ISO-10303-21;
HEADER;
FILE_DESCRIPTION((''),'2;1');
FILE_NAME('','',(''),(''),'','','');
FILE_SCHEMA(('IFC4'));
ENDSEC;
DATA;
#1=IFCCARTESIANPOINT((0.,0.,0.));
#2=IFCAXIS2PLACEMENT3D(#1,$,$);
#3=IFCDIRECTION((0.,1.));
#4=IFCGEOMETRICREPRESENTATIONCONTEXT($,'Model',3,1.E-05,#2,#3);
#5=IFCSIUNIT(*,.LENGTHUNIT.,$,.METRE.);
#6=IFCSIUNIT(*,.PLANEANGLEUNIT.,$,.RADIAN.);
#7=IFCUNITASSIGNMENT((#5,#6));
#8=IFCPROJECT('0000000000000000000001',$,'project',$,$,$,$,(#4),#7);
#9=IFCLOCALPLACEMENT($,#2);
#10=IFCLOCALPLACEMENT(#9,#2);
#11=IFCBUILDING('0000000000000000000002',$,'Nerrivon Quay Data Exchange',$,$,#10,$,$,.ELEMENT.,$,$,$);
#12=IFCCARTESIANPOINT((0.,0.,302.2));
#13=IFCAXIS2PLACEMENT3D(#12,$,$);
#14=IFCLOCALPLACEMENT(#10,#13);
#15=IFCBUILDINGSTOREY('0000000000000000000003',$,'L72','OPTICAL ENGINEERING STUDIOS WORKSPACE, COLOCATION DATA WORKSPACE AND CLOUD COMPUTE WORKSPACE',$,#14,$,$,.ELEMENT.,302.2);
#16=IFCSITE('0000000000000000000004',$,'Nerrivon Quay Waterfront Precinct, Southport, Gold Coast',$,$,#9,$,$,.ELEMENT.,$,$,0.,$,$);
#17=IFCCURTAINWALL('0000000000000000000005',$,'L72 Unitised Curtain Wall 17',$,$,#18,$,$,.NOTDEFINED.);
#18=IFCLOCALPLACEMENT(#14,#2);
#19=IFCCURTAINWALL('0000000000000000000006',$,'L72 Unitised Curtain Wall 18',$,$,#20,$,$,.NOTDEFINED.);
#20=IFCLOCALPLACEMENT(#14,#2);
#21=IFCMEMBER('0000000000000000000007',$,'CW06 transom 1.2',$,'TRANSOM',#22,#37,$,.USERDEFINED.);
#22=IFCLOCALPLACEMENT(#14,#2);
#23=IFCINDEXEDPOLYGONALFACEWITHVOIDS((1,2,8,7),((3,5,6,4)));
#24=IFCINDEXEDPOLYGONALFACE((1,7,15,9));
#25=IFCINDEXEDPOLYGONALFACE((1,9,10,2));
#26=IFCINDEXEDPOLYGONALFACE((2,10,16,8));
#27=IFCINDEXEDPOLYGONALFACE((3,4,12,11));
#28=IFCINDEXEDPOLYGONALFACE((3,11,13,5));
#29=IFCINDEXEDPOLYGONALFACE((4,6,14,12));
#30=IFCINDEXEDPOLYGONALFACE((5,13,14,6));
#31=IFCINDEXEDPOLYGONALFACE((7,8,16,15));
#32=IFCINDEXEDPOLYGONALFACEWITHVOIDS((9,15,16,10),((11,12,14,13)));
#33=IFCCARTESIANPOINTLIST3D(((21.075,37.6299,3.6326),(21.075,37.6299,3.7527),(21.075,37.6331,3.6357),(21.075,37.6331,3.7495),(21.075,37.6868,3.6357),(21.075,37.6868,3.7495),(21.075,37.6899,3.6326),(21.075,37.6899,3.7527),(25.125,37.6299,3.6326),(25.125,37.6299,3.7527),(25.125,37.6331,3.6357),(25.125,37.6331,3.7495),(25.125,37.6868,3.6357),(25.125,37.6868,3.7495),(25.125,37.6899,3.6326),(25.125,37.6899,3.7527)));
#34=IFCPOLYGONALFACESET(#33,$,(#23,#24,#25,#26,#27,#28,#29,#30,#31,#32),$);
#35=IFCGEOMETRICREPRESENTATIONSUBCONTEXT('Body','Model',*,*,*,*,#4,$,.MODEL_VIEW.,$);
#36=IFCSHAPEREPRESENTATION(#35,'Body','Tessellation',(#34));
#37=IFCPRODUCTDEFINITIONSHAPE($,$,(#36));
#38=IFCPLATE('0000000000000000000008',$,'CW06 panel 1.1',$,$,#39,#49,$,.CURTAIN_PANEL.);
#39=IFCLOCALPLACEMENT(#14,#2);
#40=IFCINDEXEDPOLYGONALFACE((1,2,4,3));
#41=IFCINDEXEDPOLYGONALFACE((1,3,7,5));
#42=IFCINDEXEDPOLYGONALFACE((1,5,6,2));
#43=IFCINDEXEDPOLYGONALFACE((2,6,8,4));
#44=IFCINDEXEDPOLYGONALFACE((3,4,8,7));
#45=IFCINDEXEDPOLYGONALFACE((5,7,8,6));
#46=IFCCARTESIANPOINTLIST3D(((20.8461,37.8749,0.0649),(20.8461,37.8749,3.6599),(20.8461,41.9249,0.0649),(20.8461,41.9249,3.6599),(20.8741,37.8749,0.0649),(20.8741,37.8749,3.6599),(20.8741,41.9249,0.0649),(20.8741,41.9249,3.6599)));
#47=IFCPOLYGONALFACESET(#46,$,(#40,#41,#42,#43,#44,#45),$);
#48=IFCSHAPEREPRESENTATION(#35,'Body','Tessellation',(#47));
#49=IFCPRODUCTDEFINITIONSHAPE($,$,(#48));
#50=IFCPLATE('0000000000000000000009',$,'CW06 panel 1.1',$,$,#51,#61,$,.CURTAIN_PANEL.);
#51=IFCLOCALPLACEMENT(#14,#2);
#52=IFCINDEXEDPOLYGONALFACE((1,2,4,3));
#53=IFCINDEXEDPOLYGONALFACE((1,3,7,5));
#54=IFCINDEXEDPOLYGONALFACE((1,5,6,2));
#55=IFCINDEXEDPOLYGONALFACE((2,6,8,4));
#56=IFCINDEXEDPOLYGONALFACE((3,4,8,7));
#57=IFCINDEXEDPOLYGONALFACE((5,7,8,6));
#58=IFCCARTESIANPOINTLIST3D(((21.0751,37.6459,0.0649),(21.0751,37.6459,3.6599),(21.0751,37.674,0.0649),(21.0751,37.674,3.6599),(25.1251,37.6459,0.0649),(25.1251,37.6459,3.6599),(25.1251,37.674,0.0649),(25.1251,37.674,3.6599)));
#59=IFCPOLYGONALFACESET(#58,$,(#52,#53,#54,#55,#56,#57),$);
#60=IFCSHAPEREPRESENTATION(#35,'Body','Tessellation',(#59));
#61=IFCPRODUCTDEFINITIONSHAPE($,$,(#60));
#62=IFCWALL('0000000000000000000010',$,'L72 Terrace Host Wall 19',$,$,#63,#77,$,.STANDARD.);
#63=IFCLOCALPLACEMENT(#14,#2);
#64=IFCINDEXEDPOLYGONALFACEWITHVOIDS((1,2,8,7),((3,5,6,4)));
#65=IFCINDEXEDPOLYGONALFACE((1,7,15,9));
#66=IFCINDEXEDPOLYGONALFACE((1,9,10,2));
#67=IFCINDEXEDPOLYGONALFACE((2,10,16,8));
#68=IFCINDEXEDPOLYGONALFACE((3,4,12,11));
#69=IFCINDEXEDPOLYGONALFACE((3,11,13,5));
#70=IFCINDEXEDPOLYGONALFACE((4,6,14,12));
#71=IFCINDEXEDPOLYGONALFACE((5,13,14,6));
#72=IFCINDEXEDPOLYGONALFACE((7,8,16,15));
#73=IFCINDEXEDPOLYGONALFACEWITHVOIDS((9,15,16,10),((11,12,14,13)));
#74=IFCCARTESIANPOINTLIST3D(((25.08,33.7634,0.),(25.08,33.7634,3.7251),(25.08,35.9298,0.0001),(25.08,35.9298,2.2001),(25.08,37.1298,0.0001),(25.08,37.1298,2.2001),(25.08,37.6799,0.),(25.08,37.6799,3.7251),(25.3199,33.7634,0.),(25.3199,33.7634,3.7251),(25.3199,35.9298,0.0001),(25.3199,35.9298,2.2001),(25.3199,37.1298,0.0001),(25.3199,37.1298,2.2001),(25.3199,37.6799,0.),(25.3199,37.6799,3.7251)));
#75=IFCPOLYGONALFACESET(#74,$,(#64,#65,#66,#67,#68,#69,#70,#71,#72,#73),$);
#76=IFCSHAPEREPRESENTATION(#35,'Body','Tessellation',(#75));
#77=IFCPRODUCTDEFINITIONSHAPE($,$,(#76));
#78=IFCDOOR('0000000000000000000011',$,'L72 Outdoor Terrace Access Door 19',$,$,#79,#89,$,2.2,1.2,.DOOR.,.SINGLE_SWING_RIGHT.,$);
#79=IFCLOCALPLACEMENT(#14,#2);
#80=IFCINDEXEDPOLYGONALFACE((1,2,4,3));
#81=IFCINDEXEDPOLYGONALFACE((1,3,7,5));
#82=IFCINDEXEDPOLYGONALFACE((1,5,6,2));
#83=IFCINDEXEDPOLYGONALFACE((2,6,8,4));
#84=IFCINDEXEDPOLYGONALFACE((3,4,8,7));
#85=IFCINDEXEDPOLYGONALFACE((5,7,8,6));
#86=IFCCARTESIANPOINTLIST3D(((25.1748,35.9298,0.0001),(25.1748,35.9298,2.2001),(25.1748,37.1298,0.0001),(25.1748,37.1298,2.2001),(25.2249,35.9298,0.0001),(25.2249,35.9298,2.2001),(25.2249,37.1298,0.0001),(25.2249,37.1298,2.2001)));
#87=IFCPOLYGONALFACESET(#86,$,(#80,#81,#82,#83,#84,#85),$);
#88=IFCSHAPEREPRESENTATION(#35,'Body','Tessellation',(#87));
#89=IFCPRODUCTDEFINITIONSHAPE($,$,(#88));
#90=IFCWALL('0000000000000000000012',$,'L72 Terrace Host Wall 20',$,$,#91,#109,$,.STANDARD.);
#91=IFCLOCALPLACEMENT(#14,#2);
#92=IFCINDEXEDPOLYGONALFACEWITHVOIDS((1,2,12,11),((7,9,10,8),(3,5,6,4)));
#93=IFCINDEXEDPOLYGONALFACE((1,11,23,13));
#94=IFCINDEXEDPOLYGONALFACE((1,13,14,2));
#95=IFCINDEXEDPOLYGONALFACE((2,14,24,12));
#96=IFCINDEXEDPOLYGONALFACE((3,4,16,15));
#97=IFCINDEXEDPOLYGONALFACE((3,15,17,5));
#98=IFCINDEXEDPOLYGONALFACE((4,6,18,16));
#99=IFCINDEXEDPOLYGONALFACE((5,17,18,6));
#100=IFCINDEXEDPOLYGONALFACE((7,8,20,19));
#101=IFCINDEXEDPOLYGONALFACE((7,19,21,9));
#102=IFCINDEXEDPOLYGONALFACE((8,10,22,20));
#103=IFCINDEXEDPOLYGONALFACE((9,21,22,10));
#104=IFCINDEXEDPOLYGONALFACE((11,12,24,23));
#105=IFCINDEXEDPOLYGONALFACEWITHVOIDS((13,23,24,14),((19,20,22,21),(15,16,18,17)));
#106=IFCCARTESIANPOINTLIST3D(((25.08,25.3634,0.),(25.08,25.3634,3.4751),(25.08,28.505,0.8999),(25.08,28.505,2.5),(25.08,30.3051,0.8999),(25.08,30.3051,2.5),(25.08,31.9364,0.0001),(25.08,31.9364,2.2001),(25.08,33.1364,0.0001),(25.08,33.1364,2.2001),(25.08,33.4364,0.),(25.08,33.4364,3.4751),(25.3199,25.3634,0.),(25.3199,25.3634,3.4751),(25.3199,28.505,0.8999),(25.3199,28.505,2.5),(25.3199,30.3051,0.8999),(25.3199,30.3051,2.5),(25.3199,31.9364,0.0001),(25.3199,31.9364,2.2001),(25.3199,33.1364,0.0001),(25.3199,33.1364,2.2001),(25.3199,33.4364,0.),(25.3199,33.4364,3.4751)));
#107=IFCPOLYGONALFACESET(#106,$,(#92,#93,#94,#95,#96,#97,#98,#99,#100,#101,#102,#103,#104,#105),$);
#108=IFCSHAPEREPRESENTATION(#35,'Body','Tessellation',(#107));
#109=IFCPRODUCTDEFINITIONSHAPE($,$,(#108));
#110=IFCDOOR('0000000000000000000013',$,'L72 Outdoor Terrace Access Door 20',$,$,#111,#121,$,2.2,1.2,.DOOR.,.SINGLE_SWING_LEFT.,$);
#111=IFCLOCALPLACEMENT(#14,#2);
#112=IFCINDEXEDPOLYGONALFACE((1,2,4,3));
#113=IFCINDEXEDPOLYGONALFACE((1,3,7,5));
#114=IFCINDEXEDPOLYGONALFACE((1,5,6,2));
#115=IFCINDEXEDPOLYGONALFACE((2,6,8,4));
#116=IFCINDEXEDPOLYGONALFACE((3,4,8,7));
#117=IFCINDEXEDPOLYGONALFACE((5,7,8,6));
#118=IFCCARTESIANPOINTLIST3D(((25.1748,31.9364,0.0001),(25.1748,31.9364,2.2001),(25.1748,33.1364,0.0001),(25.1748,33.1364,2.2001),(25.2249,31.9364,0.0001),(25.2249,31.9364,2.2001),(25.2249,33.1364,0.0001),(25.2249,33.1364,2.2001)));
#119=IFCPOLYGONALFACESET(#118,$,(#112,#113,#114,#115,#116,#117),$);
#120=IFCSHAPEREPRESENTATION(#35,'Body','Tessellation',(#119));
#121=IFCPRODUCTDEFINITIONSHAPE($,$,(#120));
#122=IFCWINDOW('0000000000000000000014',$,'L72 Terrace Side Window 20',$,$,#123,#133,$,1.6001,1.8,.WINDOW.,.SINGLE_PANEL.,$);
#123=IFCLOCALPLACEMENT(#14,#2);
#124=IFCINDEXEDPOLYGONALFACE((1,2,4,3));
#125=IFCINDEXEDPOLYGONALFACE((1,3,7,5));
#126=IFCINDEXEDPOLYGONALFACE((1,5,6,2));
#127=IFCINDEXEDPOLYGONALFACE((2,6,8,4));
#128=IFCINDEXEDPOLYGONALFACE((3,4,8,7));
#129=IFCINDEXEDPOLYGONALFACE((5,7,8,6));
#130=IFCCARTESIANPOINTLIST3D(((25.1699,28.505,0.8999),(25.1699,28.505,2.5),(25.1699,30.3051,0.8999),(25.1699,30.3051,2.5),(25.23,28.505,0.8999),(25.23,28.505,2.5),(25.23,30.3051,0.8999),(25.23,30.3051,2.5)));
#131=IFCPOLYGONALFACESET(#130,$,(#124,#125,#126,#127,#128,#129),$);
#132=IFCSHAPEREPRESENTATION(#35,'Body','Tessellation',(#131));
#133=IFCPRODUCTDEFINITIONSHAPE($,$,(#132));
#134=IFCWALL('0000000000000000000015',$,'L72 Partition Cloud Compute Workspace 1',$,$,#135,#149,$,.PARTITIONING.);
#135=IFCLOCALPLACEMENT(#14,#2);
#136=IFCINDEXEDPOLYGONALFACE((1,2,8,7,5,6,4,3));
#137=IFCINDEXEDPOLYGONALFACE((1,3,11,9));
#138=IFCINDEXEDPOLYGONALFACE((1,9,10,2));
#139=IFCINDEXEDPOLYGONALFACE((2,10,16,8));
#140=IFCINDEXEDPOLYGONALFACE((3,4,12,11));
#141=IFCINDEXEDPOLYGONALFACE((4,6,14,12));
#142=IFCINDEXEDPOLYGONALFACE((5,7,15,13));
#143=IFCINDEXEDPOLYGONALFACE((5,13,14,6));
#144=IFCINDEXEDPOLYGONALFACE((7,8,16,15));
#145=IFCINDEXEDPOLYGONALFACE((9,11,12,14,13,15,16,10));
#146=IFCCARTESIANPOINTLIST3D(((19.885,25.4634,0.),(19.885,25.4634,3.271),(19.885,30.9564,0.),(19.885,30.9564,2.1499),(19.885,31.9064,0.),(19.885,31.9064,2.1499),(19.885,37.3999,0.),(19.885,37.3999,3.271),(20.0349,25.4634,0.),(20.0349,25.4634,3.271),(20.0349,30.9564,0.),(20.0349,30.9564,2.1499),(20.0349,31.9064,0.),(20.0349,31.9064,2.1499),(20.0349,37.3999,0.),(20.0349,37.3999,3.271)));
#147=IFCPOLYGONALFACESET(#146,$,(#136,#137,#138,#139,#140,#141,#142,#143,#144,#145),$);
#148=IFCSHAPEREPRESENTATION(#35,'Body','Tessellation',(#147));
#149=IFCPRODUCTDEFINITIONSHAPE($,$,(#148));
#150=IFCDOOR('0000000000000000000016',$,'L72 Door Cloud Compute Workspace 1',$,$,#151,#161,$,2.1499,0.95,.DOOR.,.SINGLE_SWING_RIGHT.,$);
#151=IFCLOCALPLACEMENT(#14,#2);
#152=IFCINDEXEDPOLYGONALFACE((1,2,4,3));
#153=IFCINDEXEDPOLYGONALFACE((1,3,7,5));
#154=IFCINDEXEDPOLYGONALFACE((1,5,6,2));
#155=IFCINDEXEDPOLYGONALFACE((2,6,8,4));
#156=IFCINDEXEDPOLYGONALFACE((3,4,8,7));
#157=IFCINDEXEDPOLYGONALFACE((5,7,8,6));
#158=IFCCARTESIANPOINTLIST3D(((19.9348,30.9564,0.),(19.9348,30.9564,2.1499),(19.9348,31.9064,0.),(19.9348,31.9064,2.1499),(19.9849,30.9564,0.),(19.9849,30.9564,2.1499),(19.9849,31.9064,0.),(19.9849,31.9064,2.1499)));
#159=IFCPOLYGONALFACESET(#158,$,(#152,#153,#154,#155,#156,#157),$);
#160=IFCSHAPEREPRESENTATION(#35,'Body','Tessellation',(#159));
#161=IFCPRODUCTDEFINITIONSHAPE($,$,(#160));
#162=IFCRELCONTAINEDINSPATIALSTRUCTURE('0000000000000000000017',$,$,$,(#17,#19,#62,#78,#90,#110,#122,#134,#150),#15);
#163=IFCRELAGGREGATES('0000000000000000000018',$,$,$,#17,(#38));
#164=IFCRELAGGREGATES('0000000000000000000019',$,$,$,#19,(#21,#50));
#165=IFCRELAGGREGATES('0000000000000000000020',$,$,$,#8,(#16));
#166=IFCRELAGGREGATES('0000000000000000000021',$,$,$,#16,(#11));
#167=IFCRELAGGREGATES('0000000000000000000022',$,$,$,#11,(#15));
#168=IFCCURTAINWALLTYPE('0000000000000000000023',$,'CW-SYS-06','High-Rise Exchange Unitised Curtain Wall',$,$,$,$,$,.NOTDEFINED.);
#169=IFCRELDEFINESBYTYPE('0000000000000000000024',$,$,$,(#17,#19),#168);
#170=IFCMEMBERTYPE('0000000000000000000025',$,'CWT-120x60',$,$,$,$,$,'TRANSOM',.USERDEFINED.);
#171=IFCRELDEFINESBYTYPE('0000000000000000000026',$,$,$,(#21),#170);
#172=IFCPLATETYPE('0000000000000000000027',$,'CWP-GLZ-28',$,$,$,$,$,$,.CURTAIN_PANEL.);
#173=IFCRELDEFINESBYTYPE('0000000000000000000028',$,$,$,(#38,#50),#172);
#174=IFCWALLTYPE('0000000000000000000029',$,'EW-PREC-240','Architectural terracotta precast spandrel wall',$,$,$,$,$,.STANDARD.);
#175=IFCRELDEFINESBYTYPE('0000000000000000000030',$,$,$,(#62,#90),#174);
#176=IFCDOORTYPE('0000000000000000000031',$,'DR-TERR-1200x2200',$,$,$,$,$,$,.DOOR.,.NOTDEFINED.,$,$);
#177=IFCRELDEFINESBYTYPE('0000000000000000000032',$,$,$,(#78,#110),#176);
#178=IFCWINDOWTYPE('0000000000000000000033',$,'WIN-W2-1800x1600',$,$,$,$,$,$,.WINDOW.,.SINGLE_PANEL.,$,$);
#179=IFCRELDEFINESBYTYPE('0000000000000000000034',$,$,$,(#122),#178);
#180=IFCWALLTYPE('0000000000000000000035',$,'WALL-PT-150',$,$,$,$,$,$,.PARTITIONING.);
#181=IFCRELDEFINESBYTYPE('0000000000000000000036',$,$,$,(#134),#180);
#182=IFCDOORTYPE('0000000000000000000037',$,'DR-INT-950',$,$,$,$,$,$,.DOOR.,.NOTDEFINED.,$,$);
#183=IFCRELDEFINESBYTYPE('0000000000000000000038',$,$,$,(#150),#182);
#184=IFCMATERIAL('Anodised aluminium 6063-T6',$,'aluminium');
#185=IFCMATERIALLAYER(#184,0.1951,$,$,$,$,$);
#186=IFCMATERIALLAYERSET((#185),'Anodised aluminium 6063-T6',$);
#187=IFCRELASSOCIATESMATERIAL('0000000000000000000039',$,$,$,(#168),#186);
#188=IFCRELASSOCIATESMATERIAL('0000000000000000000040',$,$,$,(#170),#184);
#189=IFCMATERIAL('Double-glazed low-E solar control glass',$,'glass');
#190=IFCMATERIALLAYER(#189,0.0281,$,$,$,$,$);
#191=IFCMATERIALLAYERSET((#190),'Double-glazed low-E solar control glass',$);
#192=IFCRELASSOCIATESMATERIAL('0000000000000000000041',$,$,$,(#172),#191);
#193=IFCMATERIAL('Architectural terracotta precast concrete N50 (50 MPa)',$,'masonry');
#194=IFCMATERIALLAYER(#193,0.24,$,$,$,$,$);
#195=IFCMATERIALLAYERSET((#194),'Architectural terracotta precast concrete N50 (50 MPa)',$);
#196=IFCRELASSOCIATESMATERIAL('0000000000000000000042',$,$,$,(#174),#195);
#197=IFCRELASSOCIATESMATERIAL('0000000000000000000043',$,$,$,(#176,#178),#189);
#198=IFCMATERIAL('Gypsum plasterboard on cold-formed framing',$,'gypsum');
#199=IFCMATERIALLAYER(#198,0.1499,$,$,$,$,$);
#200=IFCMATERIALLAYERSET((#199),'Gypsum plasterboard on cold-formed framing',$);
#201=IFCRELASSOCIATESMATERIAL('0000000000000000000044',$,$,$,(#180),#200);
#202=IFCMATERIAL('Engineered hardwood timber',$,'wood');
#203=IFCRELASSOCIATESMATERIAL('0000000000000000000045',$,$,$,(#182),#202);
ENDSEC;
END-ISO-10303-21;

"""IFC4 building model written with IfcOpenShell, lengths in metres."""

from ifc_helpers import new_model, si_unit, direction, frame, frame_2d, origin, origin_2d, place, context, subcontext, project, spatial, rectangle, hollow_rectangle, extrude, material, layer, layer_set, material_profile, profile_set, type_object, element, fill, aggregate, save


model = new_model("IFC4")

# Units and contexts
model_context = context("Model", 3, precision=1e-05, world=origin(), true_north=direction((0.0, 1.0)))
body_context = subcontext(model_context, "Body", "Model", "MODEL_VIEW")
ifc_project = project(units=[si_unit("LENGTHUNIT", "METRE"), si_unit("PLANEANGLEUNIT", "RADIAN")], contexts=[model_context])

# Site, building, storey
site_placement = place(None, origin())
site = spatial("IfcSite", under=ifc_project, at=site_placement, Name="Nerrivon Quay Waterfront Precinct, Southport, Gold Coast", CompositionType="ELEMENT", RefElevation=0.0)
building_placement = place(site_placement, origin())
building = spatial("IfcBuilding", under=site, at=building_placement, Name="Nerrivon Quay Data Exchange", CompositionType="ELEMENT")
storey_placement = place(building_placement, frame((0.0, 0.0, 302.2)))
storey = spatial("IfcBuildingStorey", under=building, at=storey_placement, Name="L72", Description="OPTICAL ENGINEERING STUDIOS WORKSPACE, COLOCATION DATA WORKSPACE AND CLOUD COMPUTE WORKSPACE", CompositionType="ELEMENT", Elevation=302.2)

# Shared definitions
ifc_material_1 = material(Name="Anodised aluminium 6063-T6", Category="aluminium")
ifc_layer_1 = layer(ifc_material_1, 0.1951)
ifc_layer_set_1 = layer_set([ifc_layer_1], Name="Anodised aluminium 6063-T6")
curtain_wall_type = type_object("IfcCurtainWallType", Name="CW-SYS-06", Description="High-Rise Exchange Unitised Curtain Wall", PredefinedType="NOTDEFINED", material=ifc_layer_set_1)

# Curtain walls
curtain_wall_1_placement = place(storey_placement, origin())
curtain_wall_1 = element("IfcCurtainWall", 1, at=curtain_wall_1_placement, inside=storey, type_object=curtain_wall_type, Name="L72 Unitised Curtain Wall 17", PredefinedType="NOTDEFINED")
curtain_wall_2_placement = place(storey_placement, origin())
curtain_wall_2 = element("IfcCurtainWall", 2, at=curtain_wall_2_placement, inside=storey, type_object=curtain_wall_type, Name="L72 Unitised Curtain Wall 18", PredefinedType="NOTDEFINED")

# Member
ifc_material_profile_1 = material_profile(ifc_material_1, hollow_rectangle(XDim=0.0601, YDim=0.1201, WallThickness=0.0032, at=origin_2d()), Name="ALU-TRAN-120x60")
ifc_profile_set_1 = profile_set([ifc_material_profile_1], Name="Anodised aluminium 6063-T6")
member_type_1 = type_object("IfcMemberType", Name="CWT-120x60", ElementType="TRANSOM", PredefinedType="USERDEFINED", material=ifc_profile_set_1)
member_1_placement = place(storey_placement, frame((21.075, 37.6599, 3.6926), z_axis=(1.0, 0.0, 0.0), x_axis=(0.0, 1.0, 0.0)))
member_1 = element("IfcMember", 3, at=member_1_placement, type_object=member_type_1, Name="CW06 transom 1.2", ObjectType="TRANSOM", PredefinedType="USERDEFINED", context=body_context, shape_type="SweptSolid", body=[
    extrude(hollow_rectangle(XDim=0.0601, YDim=0.1201, WallThickness=0.0032, at=origin_2d()), origin(), (0.0, 0.0, 1.0), 4.05),
])

# Plates
ifc_material_2 = material(Name="Double-glazed low-E solar control glass", Category="glass")
ifc_layer_2 = layer(ifc_material_2, 0.0281)
ifc_layer_set_2 = layer_set([ifc_layer_2], Name="Double-glazed low-E solar control glass")
plate_type = type_object("IfcPlateType", Name="CWP-GLZ-28", PredefinedType="CURTAIN_PANEL", material=ifc_layer_set_2)
plate_1_placement = place(storey_placement, frame((20.8601, 39.8999, 0.0649), z_axis=(0.0, 0.0, 1.0), x_axis=(0.0, -1.0, 0.0)))
plate_1 = element("IfcPlate", 4, at=plate_1_placement, type_object=plate_type, Name="CW06 panel 1.1", PredefinedType="CURTAIN_PANEL", context=body_context, shape_type="SweptSolid", body=[
    extrude(rectangle(XDim=4.05, YDim=0.0281, at=origin_2d()), origin(), (0.0, 0.0, 1.0), 3.595),
])
aggregate(curtain_wall_1, [plate_1])
plate_2_placement = place(storey_placement, frame((23.1001, 37.6599, 0.0649), z_axis=(0.0, 0.0, 1.0), x_axis=(1.0, 0.0, 0.0)))
plate_2 = element("IfcPlate", 5, at=plate_2_placement, type_object=plate_type, Name="CW06 panel 1.1", PredefinedType="CURTAIN_PANEL", context=body_context, shape_type="SweptSolid", body=[
    extrude(rectangle(XDim=4.05, YDim=0.0281, at=origin_2d()), origin(), (0.0, 0.0, 1.0), 3.595),
])
aggregate(curtain_wall_2, [member_1, plate_2])

# Wall, opening, door
ifc_material_3 = material(Name="Architectural terracotta precast concrete N50 (50 MPa)", Category="masonry")
ifc_layer_3 = layer(ifc_material_3, 0.24)
ifc_layer_set_3 = layer_set([ifc_layer_3], Name="Architectural terracotta precast concrete N50 (50 MPa)")
wall_type_1 = type_object("IfcWallType", Name="EW-PREC-240", Description="Architectural terracotta precast spandrel wall", PredefinedType="STANDARD", material=ifc_layer_set_3)
wall_1_placement = place(storey_placement, frame((25.2, 37.6799, 0.0), z_axis=(0.0, 0.0, 1.0), x_axis=(0.0, -1.0, 0.0)))
wall_1 = element("IfcWall", 6, at=wall_1_placement, inside=storey, type_object=wall_type_1, Name="L72 Terrace Host Wall 19", PredefinedType="STANDARD", context=body_context, shape_type="SweptSolid", body=[
    extrude(rectangle(XDim=3.9165, YDim=0.24, at=frame_2d((1.9583, 0.0))), origin(), (0.0, 0.0, 1.0), 3.7251),
])
opening_1_placement = place(wall_1_placement, frame((0.55, 0.0, 0.0)))
opening_1 = element("IfcOpeningElement", 7, at=opening_1_placement, cuts=wall_1, PredefinedType="OPENING", context=body_context, shape_type="SweptSolid", body=[
    extrude(rectangle(XDim=1.2, YDim=2.2, at=frame_2d((0.6001, 1.1001))), frame((0.0, 0.1299, 0.0), z_axis=(0.0, -1.0, 0.0), x_axis=(1.0, 0.0, 0.0)), (0.0, 0.0, 1.0), 0.26),
])
door_type_1 = type_object("IfcDoorType", Name="DR-TERR-1200x2200", OperationType="NOTDEFINED", PredefinedType="DOOR", material=ifc_material_2)
door_1_placement = place(opening_1_placement, origin())
door_1 = element("IfcDoor", 8, at=door_1_placement, inside=storey, type_object=door_type_1, Name="L72 Outdoor Terrace Access Door 19", OperationType="SINGLE_SWING_RIGHT", OverallHeight=2.2, OverallWidth=1.2, PredefinedType="DOOR", context=body_context, shape_type="SweptSolid", body=[
    extrude(rectangle(XDim=1.2, YDim=2.2, at=frame_2d((0.6001, 1.1001))), frame((0.0, 0.0249, 0.0), z_axis=(0.0, -1.0, 0.0), x_axis=(1.0, 0.0, 0.0)), (0.0, 0.0, 1.0), 0.05),
])
fill(opening_1, door_1)

# Wall, openings, door, window
wall_2_placement = place(storey_placement, frame((25.2, 33.4365, 0.0), z_axis=(0.0, 0.0, 1.0), x_axis=(0.0, -1.0, 0.0)))
wall_2 = element("IfcWall", 9, at=wall_2_placement, inside=storey, type_object=wall_type_1, Name="L72 Terrace Host Wall 20", PredefinedType="STANDARD", context=body_context, shape_type="SweptSolid", body=[
    extrude(rectangle(XDim=8.073, YDim=0.24, at=frame_2d((4.0366, 0.0))), origin(), (0.0, 0.0, 1.0), 3.4751),
])
opening_2_placement = place(wall_2_placement, frame((0.3, 0.0, 0.0)))
opening_2 = element("IfcOpeningElement", 10, at=opening_2_placement, cuts=wall_2, PredefinedType="OPENING", context=body_context, shape_type="SweptSolid", body=[
    extrude(rectangle(XDim=1.2, YDim=2.2, at=frame_2d((0.6001, 1.1001))), frame((0.0, 0.1299, 0.0), z_axis=(0.0, -1.0, 0.0), x_axis=(1.0, 0.0, 0.0)), (0.0, 0.0, 1.0), 0.26),
])
opening_3_placement = place(wall_2_placement, frame((3.1316, 0.0, 0.8999)))
opening_3 = element("IfcOpeningElement", 11, at=opening_3_placement, cuts=wall_2, PredefinedType="OPENING", context=body_context, shape_type="SweptSolid", body=[
    extrude(rectangle(XDim=1.8, YDim=1.6001, at=frame_2d((0.8999, 0.8))), frame((0.0, 0.1299, 0.0), z_axis=(0.0, -1.0, 0.0), x_axis=(1.0, 0.0, 0.0)), (0.0, 0.0, 1.0), 0.26),
])
door_2_placement = place(opening_2_placement, origin())
door_2 = element("IfcDoor", 12, at=door_2_placement, inside=storey, type_object=door_type_1, Name="L72 Outdoor Terrace Access Door 20", OperationType="SINGLE_SWING_LEFT", OverallHeight=2.2, OverallWidth=1.2, PredefinedType="DOOR", context=body_context, shape_type="SweptSolid", body=[
    extrude(rectangle(XDim=1.2, YDim=2.2, at=frame_2d((0.6001, 1.1001))), frame((0.0, 0.0249, 0.0), z_axis=(0.0, -1.0, 0.0), x_axis=(1.0, 0.0, 0.0)), (0.0, 0.0, 1.0), 0.05),
])
fill(opening_2, door_2)
window_type = type_object("IfcWindowType", Name="WIN-W2-1800x1600", PartitioningType="SINGLE_PANEL", PredefinedType="WINDOW", material=ifc_material_2)
window_placement = place(opening_3_placement, origin())
window = element("IfcWindow", 13, at=window_placement, inside=storey, type_object=window_type, Name="L72 Terrace Side Window 20", OverallHeight=1.6001, OverallWidth=1.8, PartitioningType="SINGLE_PANEL", PredefinedType="WINDOW", context=body_context, shape_type="SweptSolid", body=[
    extrude(rectangle(XDim=1.8, YDim=1.6001, at=frame_2d((0.8999, 0.8))), frame((0.0, 0.03, 0.0), z_axis=(0.0, -1.0, 0.0), x_axis=(1.0, 0.0, 0.0)), (0.0, 0.0, 1.0), 0.0601),
])
fill(opening_3, window)

# Wall, opening, door
ifc_material_4 = material(Name="Gypsum plasterboard on cold-formed framing", Category="gypsum")
ifc_layer_4 = layer(ifc_material_4, 0.1499)
ifc_layer_set_4 = layer_set([ifc_layer_4], Name="Gypsum plasterboard on cold-formed framing")
wall_type_2 = type_object("IfcWallType", Name="WALL-PT-150", PredefinedType="PARTITIONING", material=ifc_layer_set_4)
wall_3_placement = place(storey_placement, frame((19.96, 37.3999, 0.0), z_axis=(0.0, 0.0, 1.0), x_axis=(0.0, -1.0, 0.0)))
wall_3 = element("IfcWall", 14, at=wall_3_placement, inside=storey, type_object=wall_type_2, Name="L72 Partition Cloud Compute Workspace 1", PredefinedType="PARTITIONING", context=body_context, shape_type="SweptSolid", body=[
    extrude(rectangle(XDim=11.9365, YDim=0.1499, at=frame_2d((5.9683, 0.0))), origin(), (0.0, 0.0, 1.0), 3.271),
])
opening_4_placement = place(wall_3_placement, frame((5.4934, 0.0, 0.0)))
opening_4 = element("IfcOpeningElement", 15, at=opening_4_placement, cuts=wall_3, PredefinedType="OPENING", context=body_context, shape_type="SweptSolid", body=[
    extrude(rectangle(XDim=0.95, YDim=2.1499, at=frame_2d((0.4751, 1.075))), frame((0.0, 0.085, 0.0), z_axis=(0.0, -1.0, 0.0), x_axis=(1.0, 0.0, 0.0)), (0.0, 0.0, 1.0), 0.1699),
])
ifc_material_5 = material(Name="Engineered hardwood timber", Category="wood")
door_type_2 = type_object("IfcDoorType", Name="DR-INT-950", OperationType="NOTDEFINED", PredefinedType="DOOR", material=ifc_material_5)
door_3_placement = place(opening_4_placement, origin())
door_3 = element("IfcDoor", 16, at=door_3_placement, inside=storey, type_object=door_type_2, Name="L72 Door Cloud Compute Workspace 1", OperationType="SINGLE_SWING_RIGHT", OverallHeight=2.1499, OverallWidth=0.95, PredefinedType="DOOR", context=body_context, shape_type="SweptSolid", body=[
    extrude(rectangle(XDim=0.95, YDim=2.1499, at=frame_2d((0.4751, 1.075))), frame((0.0, 0.0249, 0.0), z_axis=(0.0, -1.0, 0.0), x_axis=(1.0, 0.0, 0.0)), (0.0, 0.0, 1.0), 0.05),
])
fill(opening_4, door_3)

save(model, "model.ifc")
